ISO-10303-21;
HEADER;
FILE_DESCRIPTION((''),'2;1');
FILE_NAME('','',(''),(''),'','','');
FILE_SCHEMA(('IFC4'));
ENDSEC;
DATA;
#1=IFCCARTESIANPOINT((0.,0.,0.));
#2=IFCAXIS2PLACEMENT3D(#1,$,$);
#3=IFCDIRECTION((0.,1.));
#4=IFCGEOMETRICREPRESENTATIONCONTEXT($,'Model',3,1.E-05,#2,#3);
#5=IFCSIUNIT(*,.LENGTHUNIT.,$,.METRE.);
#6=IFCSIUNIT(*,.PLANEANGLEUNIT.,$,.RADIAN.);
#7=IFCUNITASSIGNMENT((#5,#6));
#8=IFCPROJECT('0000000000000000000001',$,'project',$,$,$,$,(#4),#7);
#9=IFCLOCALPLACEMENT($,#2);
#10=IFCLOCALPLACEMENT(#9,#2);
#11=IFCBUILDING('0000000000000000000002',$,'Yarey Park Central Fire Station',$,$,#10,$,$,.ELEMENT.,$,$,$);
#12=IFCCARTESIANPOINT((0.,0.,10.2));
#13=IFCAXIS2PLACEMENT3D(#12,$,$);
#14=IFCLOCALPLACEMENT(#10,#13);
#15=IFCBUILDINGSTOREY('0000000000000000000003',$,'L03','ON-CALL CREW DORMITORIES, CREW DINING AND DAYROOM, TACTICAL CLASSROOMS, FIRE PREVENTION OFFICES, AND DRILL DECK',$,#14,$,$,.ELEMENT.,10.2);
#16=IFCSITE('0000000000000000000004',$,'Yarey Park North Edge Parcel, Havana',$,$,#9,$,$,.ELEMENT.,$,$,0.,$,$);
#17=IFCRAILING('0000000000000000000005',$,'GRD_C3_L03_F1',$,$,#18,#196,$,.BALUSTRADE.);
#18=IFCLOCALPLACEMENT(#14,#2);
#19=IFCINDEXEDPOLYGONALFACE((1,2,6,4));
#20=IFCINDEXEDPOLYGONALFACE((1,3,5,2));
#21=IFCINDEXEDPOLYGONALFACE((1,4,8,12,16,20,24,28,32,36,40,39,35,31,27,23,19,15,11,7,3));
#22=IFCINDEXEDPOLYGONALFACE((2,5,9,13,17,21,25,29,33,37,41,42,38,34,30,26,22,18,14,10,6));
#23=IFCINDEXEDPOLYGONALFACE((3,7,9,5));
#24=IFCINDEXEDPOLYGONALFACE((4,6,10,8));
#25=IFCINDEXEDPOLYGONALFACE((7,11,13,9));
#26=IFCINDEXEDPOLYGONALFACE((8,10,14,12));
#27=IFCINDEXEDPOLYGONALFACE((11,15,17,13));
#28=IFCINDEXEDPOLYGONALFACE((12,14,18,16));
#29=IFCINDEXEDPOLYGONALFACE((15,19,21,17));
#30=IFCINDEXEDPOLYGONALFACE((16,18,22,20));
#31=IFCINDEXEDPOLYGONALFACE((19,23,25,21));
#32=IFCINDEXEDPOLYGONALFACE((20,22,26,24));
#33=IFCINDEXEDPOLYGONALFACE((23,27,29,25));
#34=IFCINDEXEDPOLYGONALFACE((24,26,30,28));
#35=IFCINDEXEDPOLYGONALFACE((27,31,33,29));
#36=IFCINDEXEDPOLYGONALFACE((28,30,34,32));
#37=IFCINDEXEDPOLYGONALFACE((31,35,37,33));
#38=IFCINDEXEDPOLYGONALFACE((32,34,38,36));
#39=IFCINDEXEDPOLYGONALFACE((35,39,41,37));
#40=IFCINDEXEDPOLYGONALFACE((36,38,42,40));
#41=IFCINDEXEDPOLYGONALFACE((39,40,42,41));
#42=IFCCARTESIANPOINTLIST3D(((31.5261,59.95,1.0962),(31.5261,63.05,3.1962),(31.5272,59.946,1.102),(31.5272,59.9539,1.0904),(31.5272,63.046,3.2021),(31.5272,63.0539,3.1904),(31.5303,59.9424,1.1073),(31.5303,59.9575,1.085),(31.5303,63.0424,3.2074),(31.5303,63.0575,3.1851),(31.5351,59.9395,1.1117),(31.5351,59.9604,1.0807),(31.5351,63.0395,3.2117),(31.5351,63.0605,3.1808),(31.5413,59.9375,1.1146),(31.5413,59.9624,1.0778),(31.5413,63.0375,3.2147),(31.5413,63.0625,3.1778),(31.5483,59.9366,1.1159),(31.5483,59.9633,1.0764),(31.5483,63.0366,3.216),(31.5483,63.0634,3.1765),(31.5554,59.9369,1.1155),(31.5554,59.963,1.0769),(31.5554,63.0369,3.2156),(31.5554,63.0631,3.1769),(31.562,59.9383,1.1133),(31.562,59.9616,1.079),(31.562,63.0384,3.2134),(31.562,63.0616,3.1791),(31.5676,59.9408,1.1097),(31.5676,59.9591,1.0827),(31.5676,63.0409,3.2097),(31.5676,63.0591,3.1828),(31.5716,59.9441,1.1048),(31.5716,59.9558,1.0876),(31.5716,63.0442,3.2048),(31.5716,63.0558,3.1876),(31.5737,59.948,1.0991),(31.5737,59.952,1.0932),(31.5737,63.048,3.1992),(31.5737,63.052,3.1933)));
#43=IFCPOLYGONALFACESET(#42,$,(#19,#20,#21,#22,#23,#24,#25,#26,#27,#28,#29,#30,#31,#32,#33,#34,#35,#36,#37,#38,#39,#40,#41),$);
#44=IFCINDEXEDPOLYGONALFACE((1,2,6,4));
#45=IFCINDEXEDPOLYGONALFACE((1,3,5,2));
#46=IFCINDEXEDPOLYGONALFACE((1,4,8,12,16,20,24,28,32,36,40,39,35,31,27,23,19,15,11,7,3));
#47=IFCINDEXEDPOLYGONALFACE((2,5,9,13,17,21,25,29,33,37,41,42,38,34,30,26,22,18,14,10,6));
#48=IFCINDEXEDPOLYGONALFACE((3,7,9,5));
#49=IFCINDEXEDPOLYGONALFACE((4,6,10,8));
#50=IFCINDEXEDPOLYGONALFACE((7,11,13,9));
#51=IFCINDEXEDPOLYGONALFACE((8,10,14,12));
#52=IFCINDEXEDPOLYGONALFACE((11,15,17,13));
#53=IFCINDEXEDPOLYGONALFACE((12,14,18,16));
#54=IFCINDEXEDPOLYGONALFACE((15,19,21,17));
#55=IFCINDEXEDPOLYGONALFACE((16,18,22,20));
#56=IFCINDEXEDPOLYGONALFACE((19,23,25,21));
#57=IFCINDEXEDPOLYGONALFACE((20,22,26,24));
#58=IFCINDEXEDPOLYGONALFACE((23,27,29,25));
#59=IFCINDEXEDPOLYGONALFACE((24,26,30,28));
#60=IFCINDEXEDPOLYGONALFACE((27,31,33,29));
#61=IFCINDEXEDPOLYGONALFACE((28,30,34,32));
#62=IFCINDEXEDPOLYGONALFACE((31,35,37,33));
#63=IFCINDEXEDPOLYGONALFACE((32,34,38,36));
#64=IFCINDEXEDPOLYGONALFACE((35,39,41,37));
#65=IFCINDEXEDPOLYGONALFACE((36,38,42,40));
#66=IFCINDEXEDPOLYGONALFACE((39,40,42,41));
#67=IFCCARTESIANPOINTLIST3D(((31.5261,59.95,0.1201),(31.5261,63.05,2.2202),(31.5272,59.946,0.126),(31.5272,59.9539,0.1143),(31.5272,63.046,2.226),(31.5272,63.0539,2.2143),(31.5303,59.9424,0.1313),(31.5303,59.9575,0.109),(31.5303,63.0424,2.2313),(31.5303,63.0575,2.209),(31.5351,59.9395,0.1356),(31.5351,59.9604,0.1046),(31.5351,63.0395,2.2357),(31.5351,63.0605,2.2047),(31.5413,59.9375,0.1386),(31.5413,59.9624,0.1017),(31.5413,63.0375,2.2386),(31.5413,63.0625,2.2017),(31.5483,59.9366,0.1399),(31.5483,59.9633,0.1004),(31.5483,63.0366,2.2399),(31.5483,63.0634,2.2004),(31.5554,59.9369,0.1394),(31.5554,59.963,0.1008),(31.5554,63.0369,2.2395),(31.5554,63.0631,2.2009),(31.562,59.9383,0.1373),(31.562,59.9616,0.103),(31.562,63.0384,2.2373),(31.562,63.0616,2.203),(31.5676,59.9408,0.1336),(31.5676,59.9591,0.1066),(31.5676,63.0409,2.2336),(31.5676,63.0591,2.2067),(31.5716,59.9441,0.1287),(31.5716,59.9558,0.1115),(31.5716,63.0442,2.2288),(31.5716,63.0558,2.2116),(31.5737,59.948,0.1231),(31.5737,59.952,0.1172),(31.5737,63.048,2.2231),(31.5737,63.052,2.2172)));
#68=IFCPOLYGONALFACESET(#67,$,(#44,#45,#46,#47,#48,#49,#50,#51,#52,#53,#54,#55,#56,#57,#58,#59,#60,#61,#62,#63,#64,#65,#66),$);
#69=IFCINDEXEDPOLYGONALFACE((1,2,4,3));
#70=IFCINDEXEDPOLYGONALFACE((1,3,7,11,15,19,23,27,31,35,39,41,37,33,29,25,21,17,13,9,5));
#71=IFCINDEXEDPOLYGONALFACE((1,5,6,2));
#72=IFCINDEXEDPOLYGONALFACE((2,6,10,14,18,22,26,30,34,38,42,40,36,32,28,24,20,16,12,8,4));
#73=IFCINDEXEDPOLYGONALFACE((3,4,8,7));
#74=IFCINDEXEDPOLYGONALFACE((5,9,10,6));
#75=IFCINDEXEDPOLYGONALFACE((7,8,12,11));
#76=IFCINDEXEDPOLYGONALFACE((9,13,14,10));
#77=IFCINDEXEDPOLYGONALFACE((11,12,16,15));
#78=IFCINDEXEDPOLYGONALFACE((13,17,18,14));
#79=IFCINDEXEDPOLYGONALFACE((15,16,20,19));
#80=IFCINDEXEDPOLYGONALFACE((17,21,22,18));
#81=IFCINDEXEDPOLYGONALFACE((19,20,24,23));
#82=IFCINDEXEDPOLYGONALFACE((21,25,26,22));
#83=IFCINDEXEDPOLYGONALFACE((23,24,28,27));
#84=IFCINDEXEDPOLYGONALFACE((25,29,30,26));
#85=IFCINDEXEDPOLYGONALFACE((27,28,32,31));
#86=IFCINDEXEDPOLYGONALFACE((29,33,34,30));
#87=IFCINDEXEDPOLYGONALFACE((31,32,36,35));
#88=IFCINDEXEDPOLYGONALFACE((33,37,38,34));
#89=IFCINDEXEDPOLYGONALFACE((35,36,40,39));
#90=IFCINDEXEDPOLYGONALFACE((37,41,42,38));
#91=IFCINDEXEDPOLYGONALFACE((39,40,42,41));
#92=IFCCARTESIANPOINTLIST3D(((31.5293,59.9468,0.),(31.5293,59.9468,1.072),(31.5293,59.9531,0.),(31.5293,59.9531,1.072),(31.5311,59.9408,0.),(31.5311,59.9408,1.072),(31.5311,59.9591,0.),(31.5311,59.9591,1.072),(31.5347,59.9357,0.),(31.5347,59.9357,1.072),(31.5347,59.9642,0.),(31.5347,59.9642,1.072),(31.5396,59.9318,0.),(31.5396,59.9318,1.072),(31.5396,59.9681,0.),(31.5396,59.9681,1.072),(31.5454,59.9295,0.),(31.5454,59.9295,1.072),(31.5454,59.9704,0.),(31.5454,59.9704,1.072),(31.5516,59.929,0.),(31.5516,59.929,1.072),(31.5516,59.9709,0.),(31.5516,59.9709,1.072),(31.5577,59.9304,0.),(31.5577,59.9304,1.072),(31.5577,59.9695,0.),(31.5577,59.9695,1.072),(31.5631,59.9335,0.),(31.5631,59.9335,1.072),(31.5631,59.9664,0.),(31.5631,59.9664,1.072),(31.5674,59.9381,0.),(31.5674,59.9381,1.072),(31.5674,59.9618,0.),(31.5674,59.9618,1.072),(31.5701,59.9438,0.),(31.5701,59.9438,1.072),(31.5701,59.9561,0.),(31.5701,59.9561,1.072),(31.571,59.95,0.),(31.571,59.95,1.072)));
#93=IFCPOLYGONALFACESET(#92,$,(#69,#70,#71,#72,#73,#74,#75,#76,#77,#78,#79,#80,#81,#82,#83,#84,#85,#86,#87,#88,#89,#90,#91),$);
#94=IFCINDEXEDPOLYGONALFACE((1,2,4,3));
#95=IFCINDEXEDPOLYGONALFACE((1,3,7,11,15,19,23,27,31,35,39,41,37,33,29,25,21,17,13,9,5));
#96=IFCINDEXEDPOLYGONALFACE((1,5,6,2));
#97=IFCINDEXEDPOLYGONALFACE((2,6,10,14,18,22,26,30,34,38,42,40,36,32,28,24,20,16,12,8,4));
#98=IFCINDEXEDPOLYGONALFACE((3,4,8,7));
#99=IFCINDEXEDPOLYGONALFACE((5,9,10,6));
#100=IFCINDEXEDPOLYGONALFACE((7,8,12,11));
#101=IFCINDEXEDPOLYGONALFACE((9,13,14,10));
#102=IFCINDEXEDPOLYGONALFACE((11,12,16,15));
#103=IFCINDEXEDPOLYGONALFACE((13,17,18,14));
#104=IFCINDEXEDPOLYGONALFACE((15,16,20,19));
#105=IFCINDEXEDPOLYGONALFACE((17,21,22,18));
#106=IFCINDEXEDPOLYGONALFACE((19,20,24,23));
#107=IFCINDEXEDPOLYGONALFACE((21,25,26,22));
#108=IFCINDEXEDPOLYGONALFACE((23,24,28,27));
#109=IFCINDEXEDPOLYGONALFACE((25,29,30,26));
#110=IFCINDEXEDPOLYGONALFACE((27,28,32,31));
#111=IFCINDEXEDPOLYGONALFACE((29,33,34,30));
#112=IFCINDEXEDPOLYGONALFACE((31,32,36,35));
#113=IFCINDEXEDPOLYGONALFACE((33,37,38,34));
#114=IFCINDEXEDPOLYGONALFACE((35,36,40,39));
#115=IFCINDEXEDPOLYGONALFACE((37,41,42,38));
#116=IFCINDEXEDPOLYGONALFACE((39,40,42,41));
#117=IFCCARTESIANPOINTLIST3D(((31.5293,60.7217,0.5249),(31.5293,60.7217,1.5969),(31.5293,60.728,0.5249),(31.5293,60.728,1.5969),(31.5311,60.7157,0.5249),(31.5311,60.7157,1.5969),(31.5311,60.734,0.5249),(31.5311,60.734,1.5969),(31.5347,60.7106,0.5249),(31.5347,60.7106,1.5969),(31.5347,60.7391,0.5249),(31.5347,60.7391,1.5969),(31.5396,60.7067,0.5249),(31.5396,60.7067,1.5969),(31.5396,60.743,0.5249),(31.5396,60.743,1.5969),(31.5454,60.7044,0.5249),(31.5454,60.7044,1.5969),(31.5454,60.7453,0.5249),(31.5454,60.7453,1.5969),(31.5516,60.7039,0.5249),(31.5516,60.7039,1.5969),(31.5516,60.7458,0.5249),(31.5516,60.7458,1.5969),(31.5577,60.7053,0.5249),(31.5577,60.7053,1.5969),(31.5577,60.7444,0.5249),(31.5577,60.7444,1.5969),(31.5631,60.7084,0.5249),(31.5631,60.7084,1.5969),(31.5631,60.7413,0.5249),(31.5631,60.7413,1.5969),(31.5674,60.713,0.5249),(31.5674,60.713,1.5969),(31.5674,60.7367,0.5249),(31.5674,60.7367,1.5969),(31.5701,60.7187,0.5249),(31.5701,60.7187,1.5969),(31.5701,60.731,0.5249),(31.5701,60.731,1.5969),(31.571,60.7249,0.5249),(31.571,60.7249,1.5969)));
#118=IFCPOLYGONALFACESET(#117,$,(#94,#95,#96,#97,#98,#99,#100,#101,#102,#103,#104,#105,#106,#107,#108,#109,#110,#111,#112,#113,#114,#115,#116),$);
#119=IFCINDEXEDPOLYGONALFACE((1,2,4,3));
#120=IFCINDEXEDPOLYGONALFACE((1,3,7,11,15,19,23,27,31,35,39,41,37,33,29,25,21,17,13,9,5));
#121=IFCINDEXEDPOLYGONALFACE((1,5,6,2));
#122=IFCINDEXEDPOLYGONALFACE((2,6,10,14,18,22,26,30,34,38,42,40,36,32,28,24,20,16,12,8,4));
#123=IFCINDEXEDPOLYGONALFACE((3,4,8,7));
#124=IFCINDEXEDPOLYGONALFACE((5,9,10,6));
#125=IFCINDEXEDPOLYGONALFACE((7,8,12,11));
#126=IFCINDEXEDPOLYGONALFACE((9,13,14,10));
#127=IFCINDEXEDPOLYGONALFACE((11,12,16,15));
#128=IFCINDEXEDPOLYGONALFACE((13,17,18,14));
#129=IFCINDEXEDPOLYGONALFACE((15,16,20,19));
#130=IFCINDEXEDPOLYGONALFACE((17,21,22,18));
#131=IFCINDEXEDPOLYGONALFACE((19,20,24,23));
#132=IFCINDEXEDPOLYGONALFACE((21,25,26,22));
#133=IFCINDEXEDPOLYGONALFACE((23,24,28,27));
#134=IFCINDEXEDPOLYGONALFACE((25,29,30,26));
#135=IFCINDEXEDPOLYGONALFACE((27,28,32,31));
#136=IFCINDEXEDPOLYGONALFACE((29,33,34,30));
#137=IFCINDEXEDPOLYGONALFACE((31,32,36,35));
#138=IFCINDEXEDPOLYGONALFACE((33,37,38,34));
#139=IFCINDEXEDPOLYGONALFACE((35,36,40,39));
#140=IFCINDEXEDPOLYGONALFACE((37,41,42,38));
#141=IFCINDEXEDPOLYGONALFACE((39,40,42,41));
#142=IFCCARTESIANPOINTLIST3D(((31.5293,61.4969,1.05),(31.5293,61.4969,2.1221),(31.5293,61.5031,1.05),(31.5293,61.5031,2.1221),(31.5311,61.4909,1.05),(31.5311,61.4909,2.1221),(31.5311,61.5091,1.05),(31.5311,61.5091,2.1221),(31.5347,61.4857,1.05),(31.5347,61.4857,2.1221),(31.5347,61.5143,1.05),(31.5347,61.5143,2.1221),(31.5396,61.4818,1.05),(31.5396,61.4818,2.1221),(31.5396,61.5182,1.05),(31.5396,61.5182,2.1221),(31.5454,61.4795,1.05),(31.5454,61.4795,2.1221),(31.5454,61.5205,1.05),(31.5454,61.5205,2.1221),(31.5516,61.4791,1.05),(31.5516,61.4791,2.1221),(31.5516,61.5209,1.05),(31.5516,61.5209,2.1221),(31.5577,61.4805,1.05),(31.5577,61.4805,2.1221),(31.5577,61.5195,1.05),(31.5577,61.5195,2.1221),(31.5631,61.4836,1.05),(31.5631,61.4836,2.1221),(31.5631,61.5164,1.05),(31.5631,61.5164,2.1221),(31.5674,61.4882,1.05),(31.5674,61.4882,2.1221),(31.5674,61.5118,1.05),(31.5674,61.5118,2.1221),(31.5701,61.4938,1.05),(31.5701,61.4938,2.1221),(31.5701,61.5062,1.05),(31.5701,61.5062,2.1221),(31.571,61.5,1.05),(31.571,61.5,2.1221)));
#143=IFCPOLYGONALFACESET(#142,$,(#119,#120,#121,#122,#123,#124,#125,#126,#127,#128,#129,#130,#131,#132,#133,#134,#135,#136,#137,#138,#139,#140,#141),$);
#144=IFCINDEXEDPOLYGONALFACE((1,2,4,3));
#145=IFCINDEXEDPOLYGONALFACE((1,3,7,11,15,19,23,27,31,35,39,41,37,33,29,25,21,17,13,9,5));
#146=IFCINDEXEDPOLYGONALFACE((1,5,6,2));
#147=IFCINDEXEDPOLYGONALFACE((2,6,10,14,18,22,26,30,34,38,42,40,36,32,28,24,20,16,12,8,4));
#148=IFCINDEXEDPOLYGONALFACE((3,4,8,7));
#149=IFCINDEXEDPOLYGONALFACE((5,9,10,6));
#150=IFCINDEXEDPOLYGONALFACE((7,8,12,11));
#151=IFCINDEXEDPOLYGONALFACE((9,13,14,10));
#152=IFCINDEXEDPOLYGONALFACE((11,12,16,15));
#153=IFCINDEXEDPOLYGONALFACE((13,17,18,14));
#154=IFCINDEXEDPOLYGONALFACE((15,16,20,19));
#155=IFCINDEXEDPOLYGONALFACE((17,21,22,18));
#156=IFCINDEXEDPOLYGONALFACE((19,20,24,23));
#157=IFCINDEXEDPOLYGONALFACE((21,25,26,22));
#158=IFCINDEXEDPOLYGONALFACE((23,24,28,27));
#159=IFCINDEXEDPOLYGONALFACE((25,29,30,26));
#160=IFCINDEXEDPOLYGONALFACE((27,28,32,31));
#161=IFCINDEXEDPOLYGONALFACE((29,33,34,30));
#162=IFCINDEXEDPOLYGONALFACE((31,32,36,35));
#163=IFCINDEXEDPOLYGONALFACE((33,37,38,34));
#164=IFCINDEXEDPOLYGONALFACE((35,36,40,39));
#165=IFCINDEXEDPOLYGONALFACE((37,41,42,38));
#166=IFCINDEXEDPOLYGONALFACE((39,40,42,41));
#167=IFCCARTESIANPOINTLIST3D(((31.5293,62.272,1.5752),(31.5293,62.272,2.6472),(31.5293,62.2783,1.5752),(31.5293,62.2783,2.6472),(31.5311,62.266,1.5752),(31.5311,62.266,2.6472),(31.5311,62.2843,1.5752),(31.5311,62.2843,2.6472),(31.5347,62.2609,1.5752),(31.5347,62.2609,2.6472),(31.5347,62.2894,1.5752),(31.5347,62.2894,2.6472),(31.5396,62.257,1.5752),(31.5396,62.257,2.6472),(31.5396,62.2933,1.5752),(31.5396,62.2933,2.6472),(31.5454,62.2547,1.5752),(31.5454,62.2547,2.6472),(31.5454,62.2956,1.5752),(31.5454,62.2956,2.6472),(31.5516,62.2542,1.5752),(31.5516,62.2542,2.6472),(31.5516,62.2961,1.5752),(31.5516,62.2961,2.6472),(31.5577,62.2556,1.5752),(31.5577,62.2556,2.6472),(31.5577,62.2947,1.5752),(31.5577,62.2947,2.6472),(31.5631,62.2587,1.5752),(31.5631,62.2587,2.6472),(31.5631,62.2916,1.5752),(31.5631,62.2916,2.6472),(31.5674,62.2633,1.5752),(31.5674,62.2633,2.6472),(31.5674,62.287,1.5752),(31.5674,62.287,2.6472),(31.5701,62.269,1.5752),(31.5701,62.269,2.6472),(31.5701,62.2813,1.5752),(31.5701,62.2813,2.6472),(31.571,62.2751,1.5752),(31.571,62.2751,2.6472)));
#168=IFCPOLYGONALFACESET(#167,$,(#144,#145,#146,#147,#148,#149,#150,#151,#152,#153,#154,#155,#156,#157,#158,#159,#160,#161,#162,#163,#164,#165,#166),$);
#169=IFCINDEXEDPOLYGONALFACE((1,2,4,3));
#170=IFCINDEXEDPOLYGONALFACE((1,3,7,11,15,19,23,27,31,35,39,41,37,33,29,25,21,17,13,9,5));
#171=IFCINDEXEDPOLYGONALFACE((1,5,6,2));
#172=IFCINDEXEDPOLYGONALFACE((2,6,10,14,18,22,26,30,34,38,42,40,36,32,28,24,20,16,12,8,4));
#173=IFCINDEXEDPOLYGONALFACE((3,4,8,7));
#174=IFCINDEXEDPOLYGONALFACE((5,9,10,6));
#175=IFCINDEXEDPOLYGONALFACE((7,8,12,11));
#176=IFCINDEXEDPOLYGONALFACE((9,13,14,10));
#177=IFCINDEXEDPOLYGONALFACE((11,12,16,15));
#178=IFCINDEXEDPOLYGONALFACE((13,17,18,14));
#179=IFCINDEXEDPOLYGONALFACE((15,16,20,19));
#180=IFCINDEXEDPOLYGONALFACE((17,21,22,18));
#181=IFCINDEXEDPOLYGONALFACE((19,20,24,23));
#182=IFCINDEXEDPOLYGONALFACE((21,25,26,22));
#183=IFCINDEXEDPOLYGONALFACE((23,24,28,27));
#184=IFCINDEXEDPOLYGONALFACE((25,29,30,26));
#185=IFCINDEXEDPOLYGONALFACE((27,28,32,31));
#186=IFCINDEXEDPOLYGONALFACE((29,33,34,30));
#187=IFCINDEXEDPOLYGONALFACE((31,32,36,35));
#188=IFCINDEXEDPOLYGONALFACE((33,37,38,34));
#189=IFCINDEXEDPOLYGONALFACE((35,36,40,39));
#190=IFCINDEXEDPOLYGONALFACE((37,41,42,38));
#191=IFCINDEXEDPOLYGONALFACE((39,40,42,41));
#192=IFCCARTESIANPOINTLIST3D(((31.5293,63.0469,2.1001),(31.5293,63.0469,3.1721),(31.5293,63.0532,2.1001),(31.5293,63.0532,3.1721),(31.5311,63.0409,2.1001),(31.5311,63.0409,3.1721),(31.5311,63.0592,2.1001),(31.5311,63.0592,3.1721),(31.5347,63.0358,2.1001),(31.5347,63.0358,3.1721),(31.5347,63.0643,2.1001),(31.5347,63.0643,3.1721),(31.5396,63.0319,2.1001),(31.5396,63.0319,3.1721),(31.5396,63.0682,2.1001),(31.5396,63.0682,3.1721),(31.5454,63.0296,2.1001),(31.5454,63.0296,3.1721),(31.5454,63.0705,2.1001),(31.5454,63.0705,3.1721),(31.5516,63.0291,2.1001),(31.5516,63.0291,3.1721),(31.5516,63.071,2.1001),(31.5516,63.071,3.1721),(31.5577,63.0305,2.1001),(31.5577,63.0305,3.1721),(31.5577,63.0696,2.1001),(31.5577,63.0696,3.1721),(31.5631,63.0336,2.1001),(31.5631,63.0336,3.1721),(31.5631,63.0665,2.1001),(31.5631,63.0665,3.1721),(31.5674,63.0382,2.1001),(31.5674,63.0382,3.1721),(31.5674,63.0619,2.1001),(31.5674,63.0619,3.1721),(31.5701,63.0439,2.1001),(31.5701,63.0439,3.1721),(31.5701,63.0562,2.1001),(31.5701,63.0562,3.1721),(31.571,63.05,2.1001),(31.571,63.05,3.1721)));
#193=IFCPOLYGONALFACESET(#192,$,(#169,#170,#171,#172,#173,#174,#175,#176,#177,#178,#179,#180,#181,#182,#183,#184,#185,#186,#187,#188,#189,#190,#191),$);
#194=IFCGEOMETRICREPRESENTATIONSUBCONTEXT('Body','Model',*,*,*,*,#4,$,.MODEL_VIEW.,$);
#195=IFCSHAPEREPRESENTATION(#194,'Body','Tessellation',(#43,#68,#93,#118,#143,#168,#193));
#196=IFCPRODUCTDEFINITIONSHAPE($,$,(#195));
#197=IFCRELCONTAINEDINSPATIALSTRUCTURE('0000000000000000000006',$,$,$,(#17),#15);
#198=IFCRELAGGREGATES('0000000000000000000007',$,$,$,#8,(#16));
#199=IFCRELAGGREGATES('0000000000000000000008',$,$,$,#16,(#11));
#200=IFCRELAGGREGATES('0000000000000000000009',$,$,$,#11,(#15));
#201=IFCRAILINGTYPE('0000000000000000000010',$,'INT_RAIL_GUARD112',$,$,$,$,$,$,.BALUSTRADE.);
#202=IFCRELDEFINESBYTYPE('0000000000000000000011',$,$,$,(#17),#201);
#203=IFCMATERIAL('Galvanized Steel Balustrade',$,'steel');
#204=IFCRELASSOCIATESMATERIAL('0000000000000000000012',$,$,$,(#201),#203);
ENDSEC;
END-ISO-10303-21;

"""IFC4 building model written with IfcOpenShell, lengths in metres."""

from ifc_helpers import new_model, si_unit, direction, frame, origin, origin_2d, place, context, subcontext, project, spatial, circle, extrude, material, type_object, element, save


model = new_model("IFC4")

# Units and contexts
model_context = context("Model", 3, precision=1e-05, world=origin(), true_north=direction((0.0, 1.0)))
body_context = subcontext(model_context, "Body", "Model", "MODEL_VIEW")
ifc_project = project(units=[si_unit("LENGTHUNIT", "METRE"), si_unit("PLANEANGLEUNIT", "RADIAN")], contexts=[model_context])

# Site, building, storey
site_placement = place(None, origin())
site = spatial("IfcSite", under=ifc_project, at=site_placement, Name="Yarey Park North Edge Parcel, Havana", CompositionType="ELEMENT", RefElevation=0.0)
building_placement = place(site_placement, origin())
building = spatial("IfcBuilding", under=site, at=building_placement, Name="Yarey Park Central Fire Station", CompositionType="ELEMENT")
storey_placement = place(building_placement, frame((0.0, 0.0, 10.2)))
storey = spatial("IfcBuildingStorey", under=building, at=storey_placement, Name="L03", Description="ON-CALL CREW DORMITORIES, CREW DINING AND DAYROOM, TACTICAL CLASSROOMS, FIRE PREVENTION OFFICES, AND DRILL DECK", CompositionType="ELEMENT", Elevation=10.2)

# Railing
ifc_material_1 = material(Name="Galvanized Steel Balustrade", Category="steel")
railing_type_1 = type_object("IfcRailingType", Name="INT_RAIL_GUARD112", PredefinedType="BALUSTRADE", material=ifc_material_1)
railing_1_placement = place(storey_placement, frame((31.55, 59.95, 0.0)))
element("IfcRailing", 1, at=railing_1_placement, inside=storey, type_object=railing_type_1, Name="GRD_C3_L03_F1", PredefinedType="BALUSTRADE", context=body_context, shape_type="SweptSolid", body=[
    extrude(circle(Radius=0.0239, at=origin_2d()), frame((0.0, 0.0, 1.0962), z_axis=(0.0, 0.827915, 0.560854), x_axis=(-1.0, 0.0, 0.0)), (0.0, 0.0, 1.0), 3.7444),
    extrude(circle(Radius=0.0239, at=origin_2d()), frame((0.0, 0.0, 0.1201), z_axis=(0.0, 0.827915, 0.560854), x_axis=(-1.0, 0.0, 0.0)), (0.0, 0.0, 1.0), 3.7444),
    extrude(circle(Radius=0.021, at=origin_2d()), origin(), (0.0, 0.0, 1.0), 1.072),
    extrude(circle(Radius=0.021, at=origin_2d()), frame((0.0, 0.7749, 0.5249)), (0.0, 0.0, 1.0), 1.072),
    extrude(circle(Radius=0.021, at=origin_2d()), frame((0.0, 1.55, 1.05)), (0.0, 0.0, 1.0), 1.072),
    extrude(circle(Radius=0.021, at=origin_2d()), frame((0.0, 2.3252, 1.5752)), (0.0, 0.0, 1.0), 1.072),
    extrude(circle(Radius=0.021, at=origin_2d()), frame((0.0, 3.1001, 2.1001)), (0.0, 0.0, 1.0), 1.072),
])

save(model, "model.ifc")
